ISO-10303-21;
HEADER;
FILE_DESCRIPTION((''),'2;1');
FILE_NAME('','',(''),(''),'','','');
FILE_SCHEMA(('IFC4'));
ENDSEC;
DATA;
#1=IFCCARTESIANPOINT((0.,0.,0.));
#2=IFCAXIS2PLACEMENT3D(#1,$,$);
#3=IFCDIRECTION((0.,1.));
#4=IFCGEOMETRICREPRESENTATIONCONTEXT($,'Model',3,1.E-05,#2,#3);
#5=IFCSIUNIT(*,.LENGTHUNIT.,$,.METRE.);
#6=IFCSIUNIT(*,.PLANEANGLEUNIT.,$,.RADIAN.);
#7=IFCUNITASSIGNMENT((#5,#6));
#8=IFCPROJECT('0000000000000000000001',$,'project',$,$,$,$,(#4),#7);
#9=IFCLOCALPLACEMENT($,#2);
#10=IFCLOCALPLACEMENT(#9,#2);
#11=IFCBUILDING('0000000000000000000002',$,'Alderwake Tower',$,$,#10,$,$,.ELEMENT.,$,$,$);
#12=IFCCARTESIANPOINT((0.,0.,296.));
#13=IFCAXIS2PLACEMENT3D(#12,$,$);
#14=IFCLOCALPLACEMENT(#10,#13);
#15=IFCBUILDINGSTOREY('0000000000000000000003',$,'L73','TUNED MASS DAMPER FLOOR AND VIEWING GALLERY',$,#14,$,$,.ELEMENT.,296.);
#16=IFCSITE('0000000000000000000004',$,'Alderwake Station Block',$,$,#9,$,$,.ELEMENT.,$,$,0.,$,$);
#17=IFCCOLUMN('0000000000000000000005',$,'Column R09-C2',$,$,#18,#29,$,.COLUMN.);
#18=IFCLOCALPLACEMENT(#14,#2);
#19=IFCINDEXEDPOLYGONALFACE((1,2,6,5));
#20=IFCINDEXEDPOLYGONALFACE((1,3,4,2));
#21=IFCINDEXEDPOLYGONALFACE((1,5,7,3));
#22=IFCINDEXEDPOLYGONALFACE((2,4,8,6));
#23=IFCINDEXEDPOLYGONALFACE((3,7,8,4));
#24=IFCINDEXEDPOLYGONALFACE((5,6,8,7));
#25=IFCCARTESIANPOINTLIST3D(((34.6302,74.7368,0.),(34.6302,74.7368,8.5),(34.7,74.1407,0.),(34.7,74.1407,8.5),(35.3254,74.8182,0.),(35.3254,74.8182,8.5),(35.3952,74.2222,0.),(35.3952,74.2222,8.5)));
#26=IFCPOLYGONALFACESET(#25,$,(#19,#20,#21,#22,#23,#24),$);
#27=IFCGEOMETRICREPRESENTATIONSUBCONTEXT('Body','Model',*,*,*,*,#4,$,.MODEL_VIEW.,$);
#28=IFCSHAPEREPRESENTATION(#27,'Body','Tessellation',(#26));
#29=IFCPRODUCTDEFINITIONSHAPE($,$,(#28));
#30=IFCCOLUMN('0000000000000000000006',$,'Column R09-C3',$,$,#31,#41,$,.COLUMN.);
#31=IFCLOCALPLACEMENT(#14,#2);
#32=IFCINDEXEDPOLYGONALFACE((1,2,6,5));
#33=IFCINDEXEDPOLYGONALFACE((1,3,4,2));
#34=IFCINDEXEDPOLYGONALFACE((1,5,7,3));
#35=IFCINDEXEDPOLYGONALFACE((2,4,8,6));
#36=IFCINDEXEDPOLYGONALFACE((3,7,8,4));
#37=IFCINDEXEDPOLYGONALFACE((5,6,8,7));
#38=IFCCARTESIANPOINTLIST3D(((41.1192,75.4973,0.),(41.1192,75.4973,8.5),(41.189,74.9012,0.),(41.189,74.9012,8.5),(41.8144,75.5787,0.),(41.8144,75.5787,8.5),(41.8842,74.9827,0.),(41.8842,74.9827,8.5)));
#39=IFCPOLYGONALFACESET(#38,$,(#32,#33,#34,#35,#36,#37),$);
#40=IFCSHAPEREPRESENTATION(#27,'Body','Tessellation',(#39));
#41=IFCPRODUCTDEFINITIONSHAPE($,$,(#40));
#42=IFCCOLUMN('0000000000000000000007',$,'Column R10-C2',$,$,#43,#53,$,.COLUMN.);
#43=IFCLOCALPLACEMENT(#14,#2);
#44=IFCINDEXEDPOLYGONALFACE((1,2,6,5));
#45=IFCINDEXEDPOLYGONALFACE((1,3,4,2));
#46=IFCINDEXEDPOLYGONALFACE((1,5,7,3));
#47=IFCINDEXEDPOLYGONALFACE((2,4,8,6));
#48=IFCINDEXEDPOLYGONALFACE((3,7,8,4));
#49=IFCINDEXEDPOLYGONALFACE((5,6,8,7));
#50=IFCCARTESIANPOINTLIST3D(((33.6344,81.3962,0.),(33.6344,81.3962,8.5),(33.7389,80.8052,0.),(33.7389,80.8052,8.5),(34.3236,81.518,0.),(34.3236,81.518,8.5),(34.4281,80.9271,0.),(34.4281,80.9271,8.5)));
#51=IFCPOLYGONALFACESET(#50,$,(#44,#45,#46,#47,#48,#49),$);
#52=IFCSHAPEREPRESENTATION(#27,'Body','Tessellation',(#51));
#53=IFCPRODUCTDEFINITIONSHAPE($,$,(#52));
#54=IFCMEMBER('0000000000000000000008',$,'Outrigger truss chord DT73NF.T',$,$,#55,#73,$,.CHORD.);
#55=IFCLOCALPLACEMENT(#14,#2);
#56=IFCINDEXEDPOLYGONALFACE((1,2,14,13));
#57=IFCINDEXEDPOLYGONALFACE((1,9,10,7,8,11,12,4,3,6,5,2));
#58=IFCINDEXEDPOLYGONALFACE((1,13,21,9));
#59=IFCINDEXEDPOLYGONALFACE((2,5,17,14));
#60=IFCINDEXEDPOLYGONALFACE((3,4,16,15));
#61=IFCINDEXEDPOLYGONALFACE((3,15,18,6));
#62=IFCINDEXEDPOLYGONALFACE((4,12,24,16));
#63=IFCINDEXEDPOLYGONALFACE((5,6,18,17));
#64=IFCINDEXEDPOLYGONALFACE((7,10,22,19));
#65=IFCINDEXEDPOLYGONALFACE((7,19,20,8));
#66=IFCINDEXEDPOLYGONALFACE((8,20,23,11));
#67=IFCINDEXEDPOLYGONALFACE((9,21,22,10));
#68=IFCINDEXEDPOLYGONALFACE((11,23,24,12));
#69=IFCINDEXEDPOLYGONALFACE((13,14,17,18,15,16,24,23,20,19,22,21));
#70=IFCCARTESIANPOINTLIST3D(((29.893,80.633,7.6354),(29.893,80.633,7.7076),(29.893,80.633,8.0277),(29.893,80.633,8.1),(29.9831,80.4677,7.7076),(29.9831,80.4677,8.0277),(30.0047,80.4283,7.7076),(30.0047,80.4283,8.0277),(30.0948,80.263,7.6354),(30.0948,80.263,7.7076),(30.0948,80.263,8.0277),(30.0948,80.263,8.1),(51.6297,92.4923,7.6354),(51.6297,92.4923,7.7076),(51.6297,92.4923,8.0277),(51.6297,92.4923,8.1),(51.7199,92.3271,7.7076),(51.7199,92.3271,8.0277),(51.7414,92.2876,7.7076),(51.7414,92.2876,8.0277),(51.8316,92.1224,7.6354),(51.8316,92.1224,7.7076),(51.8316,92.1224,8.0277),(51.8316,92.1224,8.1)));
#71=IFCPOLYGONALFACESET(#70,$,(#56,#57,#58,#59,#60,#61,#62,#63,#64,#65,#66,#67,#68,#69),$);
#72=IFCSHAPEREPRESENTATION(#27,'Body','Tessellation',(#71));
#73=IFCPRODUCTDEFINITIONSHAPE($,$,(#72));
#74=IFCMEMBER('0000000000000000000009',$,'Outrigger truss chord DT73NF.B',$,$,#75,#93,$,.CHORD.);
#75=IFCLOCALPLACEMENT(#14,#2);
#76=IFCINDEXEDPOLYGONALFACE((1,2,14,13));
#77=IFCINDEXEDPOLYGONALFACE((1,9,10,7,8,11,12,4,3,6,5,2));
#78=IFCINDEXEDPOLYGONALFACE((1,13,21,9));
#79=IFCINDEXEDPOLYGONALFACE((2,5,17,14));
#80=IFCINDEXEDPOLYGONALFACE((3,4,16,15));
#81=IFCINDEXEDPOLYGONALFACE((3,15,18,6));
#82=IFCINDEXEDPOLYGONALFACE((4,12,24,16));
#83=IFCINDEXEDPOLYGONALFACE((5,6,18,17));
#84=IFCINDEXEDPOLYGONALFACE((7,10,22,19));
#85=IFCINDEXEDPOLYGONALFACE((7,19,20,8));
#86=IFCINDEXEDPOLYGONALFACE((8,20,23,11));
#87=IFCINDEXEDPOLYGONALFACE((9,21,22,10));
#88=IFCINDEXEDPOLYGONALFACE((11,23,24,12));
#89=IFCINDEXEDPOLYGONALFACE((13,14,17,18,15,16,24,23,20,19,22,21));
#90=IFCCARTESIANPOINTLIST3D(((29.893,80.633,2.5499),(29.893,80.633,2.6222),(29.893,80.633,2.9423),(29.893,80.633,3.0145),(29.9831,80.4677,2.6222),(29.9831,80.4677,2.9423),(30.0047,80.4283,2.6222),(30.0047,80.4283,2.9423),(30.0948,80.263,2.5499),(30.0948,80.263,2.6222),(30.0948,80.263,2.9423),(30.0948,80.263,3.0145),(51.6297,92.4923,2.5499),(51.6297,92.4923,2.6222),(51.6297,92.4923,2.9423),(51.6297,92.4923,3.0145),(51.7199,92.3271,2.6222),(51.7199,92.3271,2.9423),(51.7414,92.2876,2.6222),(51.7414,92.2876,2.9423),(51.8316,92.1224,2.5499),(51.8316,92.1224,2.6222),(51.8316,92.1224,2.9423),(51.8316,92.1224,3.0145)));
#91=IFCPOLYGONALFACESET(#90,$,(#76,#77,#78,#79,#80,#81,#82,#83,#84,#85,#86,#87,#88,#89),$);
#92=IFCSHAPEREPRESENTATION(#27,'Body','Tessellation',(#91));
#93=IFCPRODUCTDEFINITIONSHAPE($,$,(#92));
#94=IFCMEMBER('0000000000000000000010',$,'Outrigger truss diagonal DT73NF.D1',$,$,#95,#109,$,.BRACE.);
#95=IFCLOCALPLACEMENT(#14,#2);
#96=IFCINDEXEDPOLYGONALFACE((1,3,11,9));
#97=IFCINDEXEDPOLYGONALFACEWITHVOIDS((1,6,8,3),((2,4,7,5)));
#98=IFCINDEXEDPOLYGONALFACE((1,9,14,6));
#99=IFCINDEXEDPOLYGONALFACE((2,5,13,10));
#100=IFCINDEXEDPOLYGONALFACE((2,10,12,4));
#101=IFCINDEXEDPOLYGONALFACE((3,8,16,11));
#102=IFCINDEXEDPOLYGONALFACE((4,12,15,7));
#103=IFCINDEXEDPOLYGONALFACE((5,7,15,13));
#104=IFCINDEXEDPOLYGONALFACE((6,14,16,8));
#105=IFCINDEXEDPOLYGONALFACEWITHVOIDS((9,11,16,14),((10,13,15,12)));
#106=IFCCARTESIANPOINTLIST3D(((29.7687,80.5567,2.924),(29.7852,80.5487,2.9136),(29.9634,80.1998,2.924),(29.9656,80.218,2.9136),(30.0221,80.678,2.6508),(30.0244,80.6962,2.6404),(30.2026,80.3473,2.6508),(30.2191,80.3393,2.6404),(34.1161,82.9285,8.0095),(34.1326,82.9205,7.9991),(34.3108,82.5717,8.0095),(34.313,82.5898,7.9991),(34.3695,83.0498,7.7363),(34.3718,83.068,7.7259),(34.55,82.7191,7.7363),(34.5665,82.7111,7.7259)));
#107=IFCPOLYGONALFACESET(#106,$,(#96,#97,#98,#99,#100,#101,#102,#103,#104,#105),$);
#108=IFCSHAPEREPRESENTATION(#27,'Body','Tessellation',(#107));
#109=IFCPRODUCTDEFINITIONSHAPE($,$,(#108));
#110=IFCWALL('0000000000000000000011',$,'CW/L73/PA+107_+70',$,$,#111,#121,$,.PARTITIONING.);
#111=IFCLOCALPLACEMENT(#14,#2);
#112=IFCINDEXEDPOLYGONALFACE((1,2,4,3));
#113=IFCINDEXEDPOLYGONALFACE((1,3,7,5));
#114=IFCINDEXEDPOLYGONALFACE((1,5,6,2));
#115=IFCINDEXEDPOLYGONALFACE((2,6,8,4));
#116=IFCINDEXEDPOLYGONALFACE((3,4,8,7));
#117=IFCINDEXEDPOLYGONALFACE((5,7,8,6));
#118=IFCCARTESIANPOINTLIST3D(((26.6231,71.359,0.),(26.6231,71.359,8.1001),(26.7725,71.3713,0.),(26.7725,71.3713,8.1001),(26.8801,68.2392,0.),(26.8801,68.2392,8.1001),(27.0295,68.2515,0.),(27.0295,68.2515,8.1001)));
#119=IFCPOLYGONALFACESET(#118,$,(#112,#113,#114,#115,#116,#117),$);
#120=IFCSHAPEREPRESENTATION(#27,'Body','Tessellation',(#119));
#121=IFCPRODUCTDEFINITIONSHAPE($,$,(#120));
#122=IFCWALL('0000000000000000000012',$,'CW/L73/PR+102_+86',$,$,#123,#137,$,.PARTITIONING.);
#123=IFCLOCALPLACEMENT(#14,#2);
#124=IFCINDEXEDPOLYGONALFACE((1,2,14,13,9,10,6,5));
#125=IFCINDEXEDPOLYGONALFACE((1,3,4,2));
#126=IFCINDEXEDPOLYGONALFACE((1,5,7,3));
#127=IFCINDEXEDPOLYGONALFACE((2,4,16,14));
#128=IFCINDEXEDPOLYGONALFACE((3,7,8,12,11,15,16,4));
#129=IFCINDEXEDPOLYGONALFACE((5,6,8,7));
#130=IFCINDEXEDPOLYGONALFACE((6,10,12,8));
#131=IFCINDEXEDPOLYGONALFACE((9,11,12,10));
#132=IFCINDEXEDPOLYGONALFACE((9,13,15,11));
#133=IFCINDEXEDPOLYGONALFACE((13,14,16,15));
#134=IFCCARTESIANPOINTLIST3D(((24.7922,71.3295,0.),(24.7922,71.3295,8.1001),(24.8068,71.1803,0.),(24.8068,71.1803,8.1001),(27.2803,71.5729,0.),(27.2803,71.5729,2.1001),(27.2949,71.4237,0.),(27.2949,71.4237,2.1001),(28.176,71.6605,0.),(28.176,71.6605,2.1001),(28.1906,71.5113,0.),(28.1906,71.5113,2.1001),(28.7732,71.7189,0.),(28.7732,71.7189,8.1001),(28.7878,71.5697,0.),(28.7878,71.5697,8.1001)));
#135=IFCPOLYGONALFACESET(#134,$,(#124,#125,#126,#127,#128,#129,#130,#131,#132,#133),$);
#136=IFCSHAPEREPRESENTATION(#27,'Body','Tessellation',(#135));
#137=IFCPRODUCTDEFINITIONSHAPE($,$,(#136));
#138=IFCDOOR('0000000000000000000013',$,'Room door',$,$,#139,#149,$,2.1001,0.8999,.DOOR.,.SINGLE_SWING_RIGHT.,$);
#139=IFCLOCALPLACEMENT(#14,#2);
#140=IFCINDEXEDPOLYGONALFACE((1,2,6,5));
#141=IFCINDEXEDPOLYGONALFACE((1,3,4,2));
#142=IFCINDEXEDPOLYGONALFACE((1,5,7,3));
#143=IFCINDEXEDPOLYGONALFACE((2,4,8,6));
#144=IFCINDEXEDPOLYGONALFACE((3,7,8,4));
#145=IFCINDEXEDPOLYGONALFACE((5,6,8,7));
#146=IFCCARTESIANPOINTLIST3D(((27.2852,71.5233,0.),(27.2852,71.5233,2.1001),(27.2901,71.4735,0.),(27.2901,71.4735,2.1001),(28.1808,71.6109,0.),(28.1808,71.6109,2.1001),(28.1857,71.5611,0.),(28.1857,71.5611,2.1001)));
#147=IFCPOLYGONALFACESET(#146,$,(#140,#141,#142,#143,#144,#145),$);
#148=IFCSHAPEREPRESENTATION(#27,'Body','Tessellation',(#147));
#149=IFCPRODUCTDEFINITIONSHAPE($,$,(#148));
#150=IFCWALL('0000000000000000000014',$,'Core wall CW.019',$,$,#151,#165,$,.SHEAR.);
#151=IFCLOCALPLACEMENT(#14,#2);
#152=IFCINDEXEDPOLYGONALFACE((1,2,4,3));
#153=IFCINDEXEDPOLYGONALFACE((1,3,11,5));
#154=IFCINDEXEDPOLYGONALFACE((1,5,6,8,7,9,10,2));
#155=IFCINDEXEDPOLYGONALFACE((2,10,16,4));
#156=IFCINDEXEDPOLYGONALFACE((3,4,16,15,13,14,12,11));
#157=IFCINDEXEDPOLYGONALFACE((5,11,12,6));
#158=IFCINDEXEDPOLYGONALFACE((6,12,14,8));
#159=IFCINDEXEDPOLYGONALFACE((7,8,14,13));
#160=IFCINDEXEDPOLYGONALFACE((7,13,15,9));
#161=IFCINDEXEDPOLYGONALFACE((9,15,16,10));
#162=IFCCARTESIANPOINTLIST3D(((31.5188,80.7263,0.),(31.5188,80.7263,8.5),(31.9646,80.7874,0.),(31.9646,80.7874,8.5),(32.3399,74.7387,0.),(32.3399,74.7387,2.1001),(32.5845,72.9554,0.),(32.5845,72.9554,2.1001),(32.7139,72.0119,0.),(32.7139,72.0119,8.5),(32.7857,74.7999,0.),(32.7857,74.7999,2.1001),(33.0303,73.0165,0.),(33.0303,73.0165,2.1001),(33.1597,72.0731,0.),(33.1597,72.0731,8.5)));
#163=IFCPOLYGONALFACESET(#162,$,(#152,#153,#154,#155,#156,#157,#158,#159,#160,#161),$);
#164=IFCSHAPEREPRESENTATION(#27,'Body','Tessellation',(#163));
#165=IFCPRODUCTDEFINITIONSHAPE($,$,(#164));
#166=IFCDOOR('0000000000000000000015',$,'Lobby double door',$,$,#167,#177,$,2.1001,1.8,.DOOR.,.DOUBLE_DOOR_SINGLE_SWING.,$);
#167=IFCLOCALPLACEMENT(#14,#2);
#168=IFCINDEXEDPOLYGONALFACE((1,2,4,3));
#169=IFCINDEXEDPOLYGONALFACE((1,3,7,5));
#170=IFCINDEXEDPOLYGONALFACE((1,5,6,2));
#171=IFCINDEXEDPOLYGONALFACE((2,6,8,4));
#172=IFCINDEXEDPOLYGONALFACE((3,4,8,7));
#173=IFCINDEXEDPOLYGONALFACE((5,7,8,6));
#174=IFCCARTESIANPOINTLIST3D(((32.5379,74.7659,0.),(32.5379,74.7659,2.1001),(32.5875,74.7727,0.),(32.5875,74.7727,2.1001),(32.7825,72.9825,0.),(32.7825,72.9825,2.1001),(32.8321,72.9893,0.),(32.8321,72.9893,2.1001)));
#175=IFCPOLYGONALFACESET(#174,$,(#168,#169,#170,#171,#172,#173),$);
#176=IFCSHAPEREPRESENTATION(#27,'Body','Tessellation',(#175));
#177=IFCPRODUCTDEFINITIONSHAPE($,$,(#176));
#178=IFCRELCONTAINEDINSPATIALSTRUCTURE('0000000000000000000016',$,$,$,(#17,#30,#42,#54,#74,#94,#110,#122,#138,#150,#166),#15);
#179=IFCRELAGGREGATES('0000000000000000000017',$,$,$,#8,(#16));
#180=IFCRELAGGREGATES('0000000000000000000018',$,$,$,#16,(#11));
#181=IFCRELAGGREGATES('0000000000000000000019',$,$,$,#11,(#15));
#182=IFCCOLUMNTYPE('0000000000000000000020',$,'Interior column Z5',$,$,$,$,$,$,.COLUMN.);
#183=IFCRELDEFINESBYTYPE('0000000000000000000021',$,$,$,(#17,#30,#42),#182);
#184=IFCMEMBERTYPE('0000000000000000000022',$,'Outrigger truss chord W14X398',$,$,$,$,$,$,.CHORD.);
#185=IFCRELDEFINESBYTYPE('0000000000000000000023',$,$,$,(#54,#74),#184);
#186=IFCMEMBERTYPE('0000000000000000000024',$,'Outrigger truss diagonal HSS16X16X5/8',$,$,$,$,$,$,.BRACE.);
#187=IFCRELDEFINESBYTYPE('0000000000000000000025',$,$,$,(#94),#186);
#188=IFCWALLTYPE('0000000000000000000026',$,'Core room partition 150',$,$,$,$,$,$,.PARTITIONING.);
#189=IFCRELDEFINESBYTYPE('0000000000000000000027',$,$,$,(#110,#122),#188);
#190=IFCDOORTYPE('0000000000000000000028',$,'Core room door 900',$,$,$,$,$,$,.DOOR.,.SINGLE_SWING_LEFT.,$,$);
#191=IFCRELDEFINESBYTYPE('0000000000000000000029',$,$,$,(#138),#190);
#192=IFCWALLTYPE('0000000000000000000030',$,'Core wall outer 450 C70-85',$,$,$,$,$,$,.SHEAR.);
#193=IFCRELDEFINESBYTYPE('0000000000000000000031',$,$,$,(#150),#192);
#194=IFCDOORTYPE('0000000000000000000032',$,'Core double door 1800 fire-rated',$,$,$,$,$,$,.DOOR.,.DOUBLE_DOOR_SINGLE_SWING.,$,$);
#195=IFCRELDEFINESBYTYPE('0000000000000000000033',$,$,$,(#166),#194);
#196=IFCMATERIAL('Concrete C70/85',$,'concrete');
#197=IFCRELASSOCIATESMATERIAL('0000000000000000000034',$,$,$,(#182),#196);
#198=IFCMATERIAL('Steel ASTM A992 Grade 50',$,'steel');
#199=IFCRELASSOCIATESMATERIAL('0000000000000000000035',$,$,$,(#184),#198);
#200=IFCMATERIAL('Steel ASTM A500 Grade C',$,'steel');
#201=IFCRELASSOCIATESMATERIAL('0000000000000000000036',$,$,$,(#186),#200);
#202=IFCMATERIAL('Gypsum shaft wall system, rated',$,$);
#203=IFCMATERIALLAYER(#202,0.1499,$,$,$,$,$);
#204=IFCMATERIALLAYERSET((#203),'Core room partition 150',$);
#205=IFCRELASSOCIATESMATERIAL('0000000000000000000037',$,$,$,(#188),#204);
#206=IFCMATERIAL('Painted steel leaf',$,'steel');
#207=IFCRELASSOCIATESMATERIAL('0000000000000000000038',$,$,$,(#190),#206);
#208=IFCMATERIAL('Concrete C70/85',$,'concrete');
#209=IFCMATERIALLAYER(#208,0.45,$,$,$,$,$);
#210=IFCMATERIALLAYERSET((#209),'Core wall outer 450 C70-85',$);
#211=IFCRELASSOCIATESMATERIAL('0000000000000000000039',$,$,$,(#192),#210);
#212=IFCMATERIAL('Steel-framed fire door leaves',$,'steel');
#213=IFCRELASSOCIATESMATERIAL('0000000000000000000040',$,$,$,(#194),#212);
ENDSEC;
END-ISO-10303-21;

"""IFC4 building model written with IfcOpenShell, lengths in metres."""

from ifc_helpers import new_model, si_unit, direction, frame, frame_2d, origin, origin_2d, place, context, subcontext, project, spatial, rectangle, hollow_rectangle, i_section, extrude, material, layer, layer_set, material_profile, profile_set, type_object, element, fill, save


model = new_model("IFC4")

# Units and contexts
model_context = context("Model", 3, precision=1e-05, world=origin(), true_north=direction((0.0, 1.0)))
body_context = subcontext(model_context, "Body", "Model", "MODEL_VIEW")
ifc_project = project(units=[si_unit("LENGTHUNIT", "METRE"), si_unit("PLANEANGLEUNIT", "RADIAN")], contexts=[model_context])

# Site, building, storey
site_placement = place(None, origin())
site = spatial("IfcSite", under=ifc_project, at=site_placement, Name="Alderwake Station Block", CompositionType="ELEMENT", RefElevation=0.0)
building_placement = place(site_placement, origin())
building = spatial("IfcBuilding", under=site, at=building_placement, Name="Alderwake Tower", CompositionType="ELEMENT")
storey_placement = place(building_placement, frame((0.0, 0.0, 296.0)))
storey = spatial("IfcBuildingStorey", under=building, at=storey_placement, Name="L73", Description="TUNED MASS DAMPER FLOOR AND VIEWING GALLERY", CompositionType="ELEMENT", Elevation=296.0)

# Columns
ifc_material_1 = material(Name="Concrete C70/85", Category="concrete")
ifc_material_profile_1 = material_profile(ifc_material_1, rectangle(XDim=0.6001, YDim=0.7, at=origin_2d()), Name="RC 700X600")
ifc_profile_set_1 = profile_set([ifc_material_profile_1], Name="Concrete C70/85")
column_type = type_object("IfcColumnType", Name="Interior column Z5", PredefinedType="COLUMN", material=ifc_profile_set_1)
for number, where, z_axis, x_axis, name in (
    (1, (35.0127, 74.4795, 0.0), (0.0, 0.0, 1.0), (-0.116402, 0.993202, 0.0), "Column R09-C2"),
    (2, (41.5017, 75.24, 0.0), (0.0, 0.0, 1.0), (-0.116402, 0.993202, 0.0), "Column R09-C3"),
    (3, (34.0312, 81.1616, 0.0), (0.0, 0.0, 1.0), (-0.174109, 0.984726, 0.0), "Column R10-C2"),
):
    element("IfcColumn", number, at=place(storey_placement, frame(where, z_axis=z_axis, x_axis=x_axis)), inside=storey, type_object=column_type, Name=name, PredefinedType="COLUMN", context=body_context, shape_type="SweptSolid", body=[
        extrude(rectangle(XDim=0.6001, YDim=0.7, at=origin_2d()), origin(), (0.0, 0.0, 1.0), 8.5),
    ])

# Members
ifc_material_2 = material(Name="Steel ASTM A992 Grade 50", Category="steel")
ifc_material_profile_2 = material_profile(ifc_material_2, i_section(OverallWidth=0.4214, OverallDepth=0.4646, WebThickness=0.0449, FlangeThickness=0.0723, at=origin_2d()), Name="W14X398")
ifc_profile_set_2 = profile_set([ifc_material_profile_2], Name="Steel ASTM A992 Grade 50")
member_type_1 = type_object("IfcMemberType", Name="Outrigger truss chord W14X398", PredefinedType="CHORD", material=ifc_profile_set_2)
for number, where, z_axis, x_axis, name in (
    (4, (29.9939, 80.448, 7.8677), (0.877846, 0.478943, 0.0), (-0.478943, 0.877846, 0.0), "Outrigger truss chord DT73NF.T"),
    (5, (29.9939, 80.448, 2.7822), (0.877846, 0.478943, 0.0), (-0.478943, 0.877846, 0.0), "Outrigger truss chord DT73NF.B"),
):
    element("IfcMember", number, at=place(storey_placement, frame(where, z_axis=z_axis, x_axis=x_axis)), inside=storey, type_object=member_type_1, Name=name, PredefinedType="CHORD", context=body_context, shape_type="SweptSolid", body=[
        extrude(i_section(OverallWidth=0.4214, OverallDepth=0.4646, WebThickness=0.0449, FlangeThickness=0.0723, at=origin_2d()), origin(), (0.0, 0.0, 1.0), 24.7615),
    ])
ifc_material_3 = material(Name="Steel ASTM A500 Grade C", Category="steel")
ifc_material_profile_3 = material_profile(ifc_material_3, hollow_rectangle(XDim=0.4065, YDim=0.4065, WallThickness=0.0149, at=origin_2d()), Name="HSS16X16X5/8")
ifc_profile_set_3 = profile_set([ifc_material_profile_3], Name="Steel ASTM A500 Grade C")
member_type_2 = type_object("IfcMemberType", Name="Outrigger truss diagonal HSS16X16X5/8", PredefinedType="BRACE", material=ifc_profile_set_3)
member_placement = place(storey_placement, frame((29.9939, 80.448, 2.7822), z_axis=(0.612449, 0.334135, 0.716421), x_axis=(-0.478932, 0.877852, 0.0)))
element("IfcMember", 6, at=member_placement, inside=storey, type_object=member_type_2, Name="Outrigger truss diagonal DT73NF.D1", PredefinedType="BRACE", context=body_context, shape_type="SweptSolid", body=[
    extrude(hollow_rectangle(XDim=0.4065, YDim=0.4065, WallThickness=0.0149, at=origin_2d()), origin(), (0.0, 0.0, 1.0), 7.0984),
])

# Wall
ifc_material_4 = material(Name="Gypsum shaft wall system, rated")
ifc_layer_1 = layer(ifc_material_4, 0.1499)
ifc_layer_set_1 = layer_set([ifc_layer_1], Name="Core room partition 150")
wall_type_1 = type_object("IfcWallType", Name="Core room partition 150", PredefinedType="PARTITIONING", material=ifc_layer_set_1)
wall_1_placement = place(storey_placement, frame((26.9548, 68.2454, 0.0), z_axis=(0.0, 0.0, 1.0), x_axis=(-0.082122, 0.996622, 0.0)))
element("IfcWall", 7, at=wall_1_placement, inside=storey, type_object=wall_type_1, Name="CW/L73/PA+107_+70", PredefinedType="PARTITIONING", context=body_context, shape_type="SweptSolid", body=[
    extrude(rectangle(XDim=3.1304, YDim=0.1499, at=frame_2d((1.5652, 0.0))), origin(), (0.0, 0.0, 1.0), 8.1001),
])

# Walls, openings, doors
wall_2_placement = place(storey_placement, frame((28.7805, 71.6443, 0.0), z_axis=(0.0, 0.0, 1.0), x_axis=(-0.99525, -0.097352, 0.0)))
wall_2 = element("IfcWall", 8, at=wall_2_placement, inside=storey, type_object=wall_type_1, Name="CW/L73/PR+102_+86", PredefinedType="PARTITIONING", context=body_context, shape_type="SweptSolid", body=[
    extrude(rectangle(XDim=4.0, YDim=0.1499, at=frame_2d((2.0, 0.0))), origin(), (0.0, 0.0, 1.0), 8.1001),
])
opening_1_placement = place(wall_2_placement, frame((0.6001, 0.0, 0.0)))
opening_1 = element("IfcOpeningElement", 9, at=opening_1_placement, cuts=wall_2, PredefinedType="OPENING", context=body_context, shape_type="SweptSolid", body=[
    extrude(rectangle(XDim=0.8999, YDim=2.1001, at=frame_2d((0.45, 1.05))), frame((0.0, 0.085, 0.0), z_axis=(0.0, -1.0, 0.0), x_axis=(1.0, 0.0, 0.0)), (0.0, 0.0, 1.0), 0.1699),
])
ifc_material_5 = material(Name="Painted steel leaf", Category="steel")
door_type_1 = type_object("IfcDoorType", Name="Core room door 900", OperationType="SINGLE_SWING_LEFT", PredefinedType="DOOR", material=ifc_material_5)
door_1_placement = place(opening_1_placement, origin())
door_1 = element("IfcDoor", 10, at=door_1_placement, inside=storey, type_object=door_type_1, Name="Room door", OperationType="SINGLE_SWING_RIGHT", OverallHeight=2.1001, OverallWidth=0.8999, PredefinedType="DOOR", context=body_context, shape_type="SweptSolid", body=[
    extrude(rectangle(XDim=0.8999, YDim=2.1001, at=frame_2d((0.45, 1.05))), frame((0.0, 0.0249, 0.0), z_axis=(0.0, -1.0, 0.0), x_axis=(1.0, 0.0, 0.0)), (0.0, 0.0, 1.0), 0.05),
])
fill(opening_1, door_1)
ifc_material_6 = material(Name="Concrete C70/85", Category="concrete")
ifc_layer_2 = layer(ifc_material_6, 0.45)
ifc_layer_set_2 = layer_set([ifc_layer_2], Name="Core wall outer 450 C70-85")
wall_type_2 = type_object("IfcWallType", Name="Core wall outer 450 C70-85", PredefinedType="SHEAR", material=ifc_layer_set_2)
wall_3_placement = place(storey_placement, frame((31.7417, 80.7568, 0.0), z_axis=(0.0, 0.0, 1.0), x_axis=(0.135866, -0.990727, 0.0)))
wall_3 = element("IfcWall", 11, at=wall_3_placement, inside=storey, type_object=wall_type_2, Name="Core wall CW.019", PredefinedType="SHEAR", context=body_context, shape_type="SweptSolid", body=[
    extrude(rectangle(XDim=8.7959, YDim=0.45, at=frame_2d((4.3979, 0.0))), origin(), (0.0, 0.0, 1.0), 8.5),
])
opening_2_placement = place(wall_3_placement, frame((6.0437, 0.0, 0.0)))
opening_2 = element("IfcOpeningElement", 12, at=opening_2_placement, cuts=wall_3, PredefinedType="OPENING", context=body_context, shape_type="SweptSolid", body=[
    extrude(rectangle(XDim=1.8, YDim=2.1001, at=frame_2d((0.8999, 1.05))), frame((0.0, 0.2349, 0.0), z_axis=(0.0, -1.0, 0.0), x_axis=(1.0, 0.0, 0.0)), (0.0, 0.0, 1.0), 0.47),
])
ifc_material_7 = material(Name="Steel-framed fire door leaves", Category="steel")
door_type_2 = type_object("IfcDoorType", Name="Core double door 1800 fire-rated", OperationType="DOUBLE_DOOR_SINGLE_SWING", PredefinedType="DOOR", material=ifc_material_7)
door_2_placement = place(opening_2_placement, origin())
door_2 = element("IfcDoor", 13, at=door_2_placement, inside=storey, type_object=door_type_2, Name="Lobby double door", OperationType="DOUBLE_DOOR_SINGLE_SWING", OverallHeight=2.1001, OverallWidth=1.8, PredefinedType="DOOR", context=body_context, shape_type="SweptSolid", body=[
    extrude(rectangle(XDim=1.8, YDim=2.1001, at=frame_2d((0.8999, 1.05))), frame((0.0, 0.0249, 0.0), z_axis=(0.0, -1.0, 0.0), x_axis=(1.0, 0.0, 0.0)), (0.0, 0.0, 1.0), 0.05),
])
fill(opening_2, door_2)

save(model, "model.ifc")
